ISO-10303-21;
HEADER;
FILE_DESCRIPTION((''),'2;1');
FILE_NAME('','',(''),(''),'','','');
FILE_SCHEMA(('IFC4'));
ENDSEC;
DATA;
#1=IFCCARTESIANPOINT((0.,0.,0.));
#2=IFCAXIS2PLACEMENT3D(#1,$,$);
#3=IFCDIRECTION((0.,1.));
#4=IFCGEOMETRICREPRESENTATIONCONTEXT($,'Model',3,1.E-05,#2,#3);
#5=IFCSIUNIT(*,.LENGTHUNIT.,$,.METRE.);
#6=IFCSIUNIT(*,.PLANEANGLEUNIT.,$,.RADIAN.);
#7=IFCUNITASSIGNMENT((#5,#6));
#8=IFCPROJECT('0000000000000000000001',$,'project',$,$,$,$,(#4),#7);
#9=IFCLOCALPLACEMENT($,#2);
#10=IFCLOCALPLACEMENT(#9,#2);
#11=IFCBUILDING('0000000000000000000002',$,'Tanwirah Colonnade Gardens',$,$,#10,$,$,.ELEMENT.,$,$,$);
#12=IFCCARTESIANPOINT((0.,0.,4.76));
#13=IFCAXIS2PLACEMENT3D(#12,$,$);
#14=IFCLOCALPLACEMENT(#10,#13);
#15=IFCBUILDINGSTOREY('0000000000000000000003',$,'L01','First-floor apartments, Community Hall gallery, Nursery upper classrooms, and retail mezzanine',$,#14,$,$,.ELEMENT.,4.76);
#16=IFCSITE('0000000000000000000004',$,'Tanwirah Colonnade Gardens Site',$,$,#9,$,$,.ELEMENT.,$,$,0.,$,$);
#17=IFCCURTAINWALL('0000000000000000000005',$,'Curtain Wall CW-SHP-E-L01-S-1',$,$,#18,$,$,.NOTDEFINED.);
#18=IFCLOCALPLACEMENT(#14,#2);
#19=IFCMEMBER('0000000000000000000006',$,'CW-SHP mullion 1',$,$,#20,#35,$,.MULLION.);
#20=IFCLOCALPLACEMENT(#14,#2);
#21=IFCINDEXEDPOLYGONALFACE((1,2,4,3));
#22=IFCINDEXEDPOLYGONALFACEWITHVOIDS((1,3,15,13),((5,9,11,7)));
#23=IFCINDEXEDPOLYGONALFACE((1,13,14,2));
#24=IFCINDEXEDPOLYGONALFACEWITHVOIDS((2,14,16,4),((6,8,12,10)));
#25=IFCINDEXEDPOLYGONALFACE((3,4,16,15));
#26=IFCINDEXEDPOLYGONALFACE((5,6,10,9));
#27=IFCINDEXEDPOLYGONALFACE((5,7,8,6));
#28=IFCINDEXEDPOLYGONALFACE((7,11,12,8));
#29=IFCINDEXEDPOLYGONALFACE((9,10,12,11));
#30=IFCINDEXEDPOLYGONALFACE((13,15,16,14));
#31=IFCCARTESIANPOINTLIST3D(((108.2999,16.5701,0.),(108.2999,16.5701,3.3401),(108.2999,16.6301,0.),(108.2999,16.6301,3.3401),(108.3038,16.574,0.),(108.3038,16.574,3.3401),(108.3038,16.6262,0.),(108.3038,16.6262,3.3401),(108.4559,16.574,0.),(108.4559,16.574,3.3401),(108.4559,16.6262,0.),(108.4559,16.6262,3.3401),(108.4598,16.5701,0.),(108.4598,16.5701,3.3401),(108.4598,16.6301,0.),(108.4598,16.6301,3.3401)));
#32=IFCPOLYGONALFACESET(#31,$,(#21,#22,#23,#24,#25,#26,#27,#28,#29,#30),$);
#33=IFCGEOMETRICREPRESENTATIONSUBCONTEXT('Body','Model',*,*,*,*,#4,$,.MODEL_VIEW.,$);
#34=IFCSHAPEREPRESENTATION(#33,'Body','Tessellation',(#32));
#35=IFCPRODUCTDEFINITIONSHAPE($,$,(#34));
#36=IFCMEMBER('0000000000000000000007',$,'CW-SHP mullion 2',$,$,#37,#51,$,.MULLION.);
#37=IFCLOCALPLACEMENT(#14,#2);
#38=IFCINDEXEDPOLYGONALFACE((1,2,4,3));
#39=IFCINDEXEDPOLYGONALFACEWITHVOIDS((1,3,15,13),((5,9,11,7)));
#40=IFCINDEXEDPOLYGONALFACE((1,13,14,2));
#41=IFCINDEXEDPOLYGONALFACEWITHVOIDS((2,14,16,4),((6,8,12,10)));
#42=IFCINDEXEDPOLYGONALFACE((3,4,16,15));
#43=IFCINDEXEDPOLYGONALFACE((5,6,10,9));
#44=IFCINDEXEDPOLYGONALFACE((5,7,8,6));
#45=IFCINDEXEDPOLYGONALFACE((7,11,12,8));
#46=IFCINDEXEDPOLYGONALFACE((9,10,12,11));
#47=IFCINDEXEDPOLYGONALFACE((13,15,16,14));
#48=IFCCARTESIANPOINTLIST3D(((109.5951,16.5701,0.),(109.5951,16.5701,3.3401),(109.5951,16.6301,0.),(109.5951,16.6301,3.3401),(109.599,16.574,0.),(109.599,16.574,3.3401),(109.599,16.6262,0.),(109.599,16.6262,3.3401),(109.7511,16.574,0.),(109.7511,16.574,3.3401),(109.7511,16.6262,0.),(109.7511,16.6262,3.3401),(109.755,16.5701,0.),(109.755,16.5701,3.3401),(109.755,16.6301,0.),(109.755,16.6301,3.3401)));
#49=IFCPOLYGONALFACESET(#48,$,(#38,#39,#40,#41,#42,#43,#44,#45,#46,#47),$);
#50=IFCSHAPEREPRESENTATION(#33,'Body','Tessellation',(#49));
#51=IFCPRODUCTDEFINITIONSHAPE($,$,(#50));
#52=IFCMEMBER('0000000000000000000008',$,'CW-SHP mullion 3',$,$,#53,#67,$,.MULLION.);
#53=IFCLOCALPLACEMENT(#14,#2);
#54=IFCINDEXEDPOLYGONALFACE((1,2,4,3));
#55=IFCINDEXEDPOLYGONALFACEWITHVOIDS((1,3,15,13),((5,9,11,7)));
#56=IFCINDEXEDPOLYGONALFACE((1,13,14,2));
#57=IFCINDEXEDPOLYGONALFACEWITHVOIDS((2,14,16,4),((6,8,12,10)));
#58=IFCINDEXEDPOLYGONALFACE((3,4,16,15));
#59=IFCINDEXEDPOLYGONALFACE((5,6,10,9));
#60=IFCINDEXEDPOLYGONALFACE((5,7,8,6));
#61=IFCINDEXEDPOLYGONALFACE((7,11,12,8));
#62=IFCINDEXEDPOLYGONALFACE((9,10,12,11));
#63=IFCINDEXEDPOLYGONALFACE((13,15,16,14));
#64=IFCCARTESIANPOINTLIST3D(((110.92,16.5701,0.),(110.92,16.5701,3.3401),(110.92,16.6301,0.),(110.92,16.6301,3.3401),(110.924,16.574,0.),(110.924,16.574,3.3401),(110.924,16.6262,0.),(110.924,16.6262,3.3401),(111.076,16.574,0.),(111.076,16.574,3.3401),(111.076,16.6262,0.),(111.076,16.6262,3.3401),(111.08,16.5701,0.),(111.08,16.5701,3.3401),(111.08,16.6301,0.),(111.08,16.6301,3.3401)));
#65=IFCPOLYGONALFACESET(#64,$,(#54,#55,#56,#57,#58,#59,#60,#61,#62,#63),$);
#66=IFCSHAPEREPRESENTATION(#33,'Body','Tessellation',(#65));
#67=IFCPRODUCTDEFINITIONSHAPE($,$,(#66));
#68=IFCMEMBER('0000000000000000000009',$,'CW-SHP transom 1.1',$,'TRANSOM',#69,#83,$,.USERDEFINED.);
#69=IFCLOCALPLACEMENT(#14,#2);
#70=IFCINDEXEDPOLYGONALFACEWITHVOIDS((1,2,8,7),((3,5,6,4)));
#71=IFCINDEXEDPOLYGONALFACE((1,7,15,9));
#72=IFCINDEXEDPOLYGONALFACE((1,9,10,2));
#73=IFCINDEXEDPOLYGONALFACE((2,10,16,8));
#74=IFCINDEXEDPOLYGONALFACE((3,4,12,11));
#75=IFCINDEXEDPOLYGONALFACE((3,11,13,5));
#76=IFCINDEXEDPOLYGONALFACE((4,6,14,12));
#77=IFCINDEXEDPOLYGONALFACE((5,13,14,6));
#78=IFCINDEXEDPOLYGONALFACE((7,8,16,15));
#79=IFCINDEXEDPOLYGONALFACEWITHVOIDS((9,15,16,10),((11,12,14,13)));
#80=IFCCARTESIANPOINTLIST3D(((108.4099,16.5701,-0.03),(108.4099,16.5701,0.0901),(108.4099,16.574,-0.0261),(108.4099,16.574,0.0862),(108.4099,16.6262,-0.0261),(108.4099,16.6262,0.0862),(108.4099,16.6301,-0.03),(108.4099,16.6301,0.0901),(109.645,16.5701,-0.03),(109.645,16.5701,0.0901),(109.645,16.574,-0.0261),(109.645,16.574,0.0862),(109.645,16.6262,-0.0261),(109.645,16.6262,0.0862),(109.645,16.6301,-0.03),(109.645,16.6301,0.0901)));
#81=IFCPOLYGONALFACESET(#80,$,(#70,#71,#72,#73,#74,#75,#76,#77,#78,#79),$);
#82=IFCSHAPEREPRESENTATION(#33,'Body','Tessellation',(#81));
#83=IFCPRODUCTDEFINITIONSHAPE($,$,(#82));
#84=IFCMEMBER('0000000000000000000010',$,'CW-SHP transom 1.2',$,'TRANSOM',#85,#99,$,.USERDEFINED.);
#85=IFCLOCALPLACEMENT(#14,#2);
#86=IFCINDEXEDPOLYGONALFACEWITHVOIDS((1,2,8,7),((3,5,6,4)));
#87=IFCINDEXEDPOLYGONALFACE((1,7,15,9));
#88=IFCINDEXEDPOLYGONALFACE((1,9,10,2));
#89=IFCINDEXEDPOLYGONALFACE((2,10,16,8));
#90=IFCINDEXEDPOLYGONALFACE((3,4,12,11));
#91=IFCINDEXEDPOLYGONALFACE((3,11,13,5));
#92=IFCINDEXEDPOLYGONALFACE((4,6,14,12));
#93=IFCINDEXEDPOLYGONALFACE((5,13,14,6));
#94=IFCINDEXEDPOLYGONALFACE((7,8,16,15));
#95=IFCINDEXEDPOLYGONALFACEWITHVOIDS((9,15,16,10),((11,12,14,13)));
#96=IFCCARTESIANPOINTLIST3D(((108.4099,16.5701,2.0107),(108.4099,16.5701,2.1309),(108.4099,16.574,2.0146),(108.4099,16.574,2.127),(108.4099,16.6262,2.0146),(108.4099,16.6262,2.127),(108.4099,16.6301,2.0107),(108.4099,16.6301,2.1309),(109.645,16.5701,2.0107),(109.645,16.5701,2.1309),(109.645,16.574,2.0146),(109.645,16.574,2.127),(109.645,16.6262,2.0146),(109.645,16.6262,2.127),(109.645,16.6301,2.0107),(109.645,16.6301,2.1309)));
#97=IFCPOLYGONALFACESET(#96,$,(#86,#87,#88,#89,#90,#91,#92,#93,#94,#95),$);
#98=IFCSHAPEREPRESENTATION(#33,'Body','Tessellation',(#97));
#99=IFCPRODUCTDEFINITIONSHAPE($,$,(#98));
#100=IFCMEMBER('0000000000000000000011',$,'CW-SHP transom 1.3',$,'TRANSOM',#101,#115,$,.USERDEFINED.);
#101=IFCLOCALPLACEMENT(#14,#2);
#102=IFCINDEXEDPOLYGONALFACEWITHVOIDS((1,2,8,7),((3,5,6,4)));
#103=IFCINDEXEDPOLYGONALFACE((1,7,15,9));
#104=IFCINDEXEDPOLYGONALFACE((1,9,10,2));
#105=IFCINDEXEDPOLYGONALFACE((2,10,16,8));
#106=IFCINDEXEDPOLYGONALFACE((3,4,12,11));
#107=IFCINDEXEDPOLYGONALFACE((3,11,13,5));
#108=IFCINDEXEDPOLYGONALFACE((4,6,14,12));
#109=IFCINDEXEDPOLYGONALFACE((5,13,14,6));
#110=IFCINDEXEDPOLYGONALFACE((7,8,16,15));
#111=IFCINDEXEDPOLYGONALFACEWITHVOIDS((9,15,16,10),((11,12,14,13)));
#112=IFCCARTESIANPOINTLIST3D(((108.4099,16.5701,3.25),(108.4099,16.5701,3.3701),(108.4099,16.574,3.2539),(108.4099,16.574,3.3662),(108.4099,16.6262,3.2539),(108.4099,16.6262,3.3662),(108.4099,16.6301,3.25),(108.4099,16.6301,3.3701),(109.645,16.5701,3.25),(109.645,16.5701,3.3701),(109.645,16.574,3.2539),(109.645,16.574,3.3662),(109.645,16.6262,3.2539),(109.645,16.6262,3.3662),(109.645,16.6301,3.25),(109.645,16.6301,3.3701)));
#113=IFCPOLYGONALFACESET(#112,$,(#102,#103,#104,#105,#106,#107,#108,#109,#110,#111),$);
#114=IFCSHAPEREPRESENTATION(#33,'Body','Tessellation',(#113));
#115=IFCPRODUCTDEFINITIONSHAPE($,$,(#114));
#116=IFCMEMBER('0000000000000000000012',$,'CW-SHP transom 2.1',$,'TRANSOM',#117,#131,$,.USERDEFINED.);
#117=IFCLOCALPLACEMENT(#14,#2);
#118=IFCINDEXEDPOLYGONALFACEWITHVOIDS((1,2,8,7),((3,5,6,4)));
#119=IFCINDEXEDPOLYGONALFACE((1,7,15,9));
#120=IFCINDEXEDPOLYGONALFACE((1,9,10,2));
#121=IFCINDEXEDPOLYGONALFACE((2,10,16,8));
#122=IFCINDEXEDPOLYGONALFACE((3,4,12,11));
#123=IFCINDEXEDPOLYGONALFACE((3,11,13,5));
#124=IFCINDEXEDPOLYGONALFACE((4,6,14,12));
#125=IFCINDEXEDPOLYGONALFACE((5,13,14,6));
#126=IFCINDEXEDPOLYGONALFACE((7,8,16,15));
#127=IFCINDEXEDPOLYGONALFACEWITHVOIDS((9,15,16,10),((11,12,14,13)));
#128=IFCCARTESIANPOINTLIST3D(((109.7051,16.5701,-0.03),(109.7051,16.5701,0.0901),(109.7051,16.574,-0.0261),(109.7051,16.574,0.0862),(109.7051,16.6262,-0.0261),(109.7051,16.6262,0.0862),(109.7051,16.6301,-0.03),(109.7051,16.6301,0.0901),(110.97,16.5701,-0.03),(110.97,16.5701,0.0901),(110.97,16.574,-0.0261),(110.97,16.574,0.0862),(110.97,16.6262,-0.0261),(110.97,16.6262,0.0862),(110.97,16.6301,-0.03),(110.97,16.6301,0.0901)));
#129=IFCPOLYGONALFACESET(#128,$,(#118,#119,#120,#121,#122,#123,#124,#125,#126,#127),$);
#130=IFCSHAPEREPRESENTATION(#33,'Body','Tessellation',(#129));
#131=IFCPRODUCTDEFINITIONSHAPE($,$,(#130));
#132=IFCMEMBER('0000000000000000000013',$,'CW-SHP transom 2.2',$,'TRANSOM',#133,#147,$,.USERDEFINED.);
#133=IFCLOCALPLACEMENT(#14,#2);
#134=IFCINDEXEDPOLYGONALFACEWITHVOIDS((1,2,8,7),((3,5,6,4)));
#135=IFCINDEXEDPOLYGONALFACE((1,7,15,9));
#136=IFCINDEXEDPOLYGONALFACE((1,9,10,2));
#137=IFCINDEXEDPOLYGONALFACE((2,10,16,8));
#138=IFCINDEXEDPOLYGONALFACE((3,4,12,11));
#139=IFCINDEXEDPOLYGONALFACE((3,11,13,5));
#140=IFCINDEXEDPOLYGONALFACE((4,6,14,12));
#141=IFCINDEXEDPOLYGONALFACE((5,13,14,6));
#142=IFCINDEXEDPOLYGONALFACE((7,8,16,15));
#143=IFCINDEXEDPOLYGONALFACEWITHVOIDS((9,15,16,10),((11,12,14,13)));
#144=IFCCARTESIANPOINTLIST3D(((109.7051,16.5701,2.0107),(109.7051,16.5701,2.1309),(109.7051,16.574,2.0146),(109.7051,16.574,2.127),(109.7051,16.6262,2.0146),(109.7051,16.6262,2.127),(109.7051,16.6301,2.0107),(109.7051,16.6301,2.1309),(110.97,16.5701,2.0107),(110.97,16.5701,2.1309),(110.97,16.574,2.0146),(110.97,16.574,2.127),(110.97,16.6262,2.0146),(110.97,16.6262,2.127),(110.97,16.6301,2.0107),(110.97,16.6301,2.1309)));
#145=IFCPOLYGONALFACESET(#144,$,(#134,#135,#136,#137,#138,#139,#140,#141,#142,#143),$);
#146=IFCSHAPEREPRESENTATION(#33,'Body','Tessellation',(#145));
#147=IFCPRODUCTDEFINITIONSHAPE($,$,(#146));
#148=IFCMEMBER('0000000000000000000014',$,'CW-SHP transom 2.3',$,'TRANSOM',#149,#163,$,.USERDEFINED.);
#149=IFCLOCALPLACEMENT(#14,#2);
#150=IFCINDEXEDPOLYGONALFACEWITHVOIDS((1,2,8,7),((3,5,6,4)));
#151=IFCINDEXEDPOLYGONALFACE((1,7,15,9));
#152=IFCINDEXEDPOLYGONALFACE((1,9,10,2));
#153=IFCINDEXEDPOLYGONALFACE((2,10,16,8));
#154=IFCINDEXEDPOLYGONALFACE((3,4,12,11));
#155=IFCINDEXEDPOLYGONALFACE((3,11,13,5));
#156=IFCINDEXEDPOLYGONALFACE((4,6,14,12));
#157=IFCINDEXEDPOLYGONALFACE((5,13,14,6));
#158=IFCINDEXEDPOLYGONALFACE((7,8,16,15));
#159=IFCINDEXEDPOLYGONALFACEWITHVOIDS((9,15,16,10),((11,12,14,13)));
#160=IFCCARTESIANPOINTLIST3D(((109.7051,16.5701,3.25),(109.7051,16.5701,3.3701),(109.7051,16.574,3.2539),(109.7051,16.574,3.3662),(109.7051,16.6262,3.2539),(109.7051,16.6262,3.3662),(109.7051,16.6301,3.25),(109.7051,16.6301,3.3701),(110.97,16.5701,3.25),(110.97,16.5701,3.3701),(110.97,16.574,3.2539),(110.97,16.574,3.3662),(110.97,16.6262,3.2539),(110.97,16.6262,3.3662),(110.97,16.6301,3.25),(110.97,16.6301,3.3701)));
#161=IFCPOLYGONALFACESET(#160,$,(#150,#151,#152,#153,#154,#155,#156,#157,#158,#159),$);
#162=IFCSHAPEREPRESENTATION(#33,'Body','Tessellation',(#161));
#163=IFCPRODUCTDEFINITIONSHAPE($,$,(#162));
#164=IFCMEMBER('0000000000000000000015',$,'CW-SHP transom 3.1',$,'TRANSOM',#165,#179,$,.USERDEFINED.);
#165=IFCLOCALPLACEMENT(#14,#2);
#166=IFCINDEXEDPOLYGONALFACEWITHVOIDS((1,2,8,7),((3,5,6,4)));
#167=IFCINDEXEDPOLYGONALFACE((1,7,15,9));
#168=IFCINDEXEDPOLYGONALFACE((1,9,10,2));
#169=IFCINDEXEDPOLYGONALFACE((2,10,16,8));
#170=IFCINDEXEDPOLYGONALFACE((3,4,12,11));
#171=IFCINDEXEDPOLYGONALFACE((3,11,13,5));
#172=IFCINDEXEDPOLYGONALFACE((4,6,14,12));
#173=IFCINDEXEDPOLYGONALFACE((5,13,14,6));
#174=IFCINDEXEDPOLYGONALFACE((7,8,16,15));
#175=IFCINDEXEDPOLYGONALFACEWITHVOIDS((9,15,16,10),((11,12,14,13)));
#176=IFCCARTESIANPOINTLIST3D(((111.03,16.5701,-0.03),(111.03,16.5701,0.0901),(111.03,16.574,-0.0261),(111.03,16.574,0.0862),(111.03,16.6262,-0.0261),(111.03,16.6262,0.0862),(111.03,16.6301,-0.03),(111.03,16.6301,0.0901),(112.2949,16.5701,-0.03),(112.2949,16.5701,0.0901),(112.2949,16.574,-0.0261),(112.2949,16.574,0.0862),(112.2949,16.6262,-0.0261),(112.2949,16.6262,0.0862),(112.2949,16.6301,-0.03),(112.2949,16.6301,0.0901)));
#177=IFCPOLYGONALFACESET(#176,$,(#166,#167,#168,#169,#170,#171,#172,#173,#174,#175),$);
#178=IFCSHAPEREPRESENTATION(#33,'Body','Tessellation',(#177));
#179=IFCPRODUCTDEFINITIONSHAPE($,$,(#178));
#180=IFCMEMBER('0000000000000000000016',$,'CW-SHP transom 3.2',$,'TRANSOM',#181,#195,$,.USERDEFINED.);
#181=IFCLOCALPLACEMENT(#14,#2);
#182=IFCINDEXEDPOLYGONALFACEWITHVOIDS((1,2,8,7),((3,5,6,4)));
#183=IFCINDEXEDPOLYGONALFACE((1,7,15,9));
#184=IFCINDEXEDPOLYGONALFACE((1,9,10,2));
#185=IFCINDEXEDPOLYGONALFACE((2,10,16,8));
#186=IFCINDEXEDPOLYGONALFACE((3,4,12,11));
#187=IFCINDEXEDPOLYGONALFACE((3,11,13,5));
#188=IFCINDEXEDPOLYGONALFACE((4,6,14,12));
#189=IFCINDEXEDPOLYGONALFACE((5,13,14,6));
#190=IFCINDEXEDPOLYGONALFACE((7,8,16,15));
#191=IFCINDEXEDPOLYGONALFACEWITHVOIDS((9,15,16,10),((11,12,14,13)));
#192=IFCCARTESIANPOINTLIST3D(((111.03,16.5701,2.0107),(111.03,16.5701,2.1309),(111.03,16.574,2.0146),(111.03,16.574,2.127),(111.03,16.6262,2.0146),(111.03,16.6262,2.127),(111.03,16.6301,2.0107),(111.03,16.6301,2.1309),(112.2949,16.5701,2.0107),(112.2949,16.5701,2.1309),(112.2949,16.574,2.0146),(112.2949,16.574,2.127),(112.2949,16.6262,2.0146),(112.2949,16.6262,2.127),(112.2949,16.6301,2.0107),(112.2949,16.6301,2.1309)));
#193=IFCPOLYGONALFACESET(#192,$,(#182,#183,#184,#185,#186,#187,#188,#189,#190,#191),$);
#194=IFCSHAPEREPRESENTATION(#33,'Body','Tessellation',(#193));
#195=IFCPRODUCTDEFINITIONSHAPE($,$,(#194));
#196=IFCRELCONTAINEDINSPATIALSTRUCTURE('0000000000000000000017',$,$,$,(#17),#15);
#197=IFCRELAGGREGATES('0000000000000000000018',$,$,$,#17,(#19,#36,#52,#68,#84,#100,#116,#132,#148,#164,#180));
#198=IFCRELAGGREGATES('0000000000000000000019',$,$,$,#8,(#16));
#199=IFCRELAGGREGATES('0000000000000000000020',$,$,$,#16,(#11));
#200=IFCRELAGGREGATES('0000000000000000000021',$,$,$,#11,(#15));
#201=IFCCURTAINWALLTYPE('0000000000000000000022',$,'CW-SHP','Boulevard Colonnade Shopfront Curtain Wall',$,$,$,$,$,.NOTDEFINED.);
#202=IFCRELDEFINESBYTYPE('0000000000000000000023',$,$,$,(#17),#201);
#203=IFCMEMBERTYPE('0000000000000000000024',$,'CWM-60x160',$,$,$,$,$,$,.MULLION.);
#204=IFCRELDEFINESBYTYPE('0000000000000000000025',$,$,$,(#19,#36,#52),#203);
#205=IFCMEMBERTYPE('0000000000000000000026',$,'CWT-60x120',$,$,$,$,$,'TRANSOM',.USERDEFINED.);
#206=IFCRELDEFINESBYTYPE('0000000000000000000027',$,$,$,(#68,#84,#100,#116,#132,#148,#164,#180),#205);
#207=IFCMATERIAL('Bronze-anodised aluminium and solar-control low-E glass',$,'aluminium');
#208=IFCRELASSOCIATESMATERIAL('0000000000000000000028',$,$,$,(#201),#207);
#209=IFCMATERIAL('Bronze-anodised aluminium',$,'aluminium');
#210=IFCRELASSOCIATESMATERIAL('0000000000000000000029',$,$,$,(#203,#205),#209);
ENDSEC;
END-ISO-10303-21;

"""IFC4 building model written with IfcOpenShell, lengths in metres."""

from ifc_helpers import new_model, si_unit, direction, frame, origin, origin_2d, place, context, subcontext, project, spatial, hollow_rectangle, extrude, material, material_profile, profile_set, type_object, element, aggregate, save


model = new_model("IFC4")

# Units and contexts
model_context = context("Model", 3, precision=1e-05, world=origin(), true_north=direction((0.0, 1.0)))
body_context = subcontext(model_context, "Body", "Model", "MODEL_VIEW")
ifc_project = project(units=[si_unit("LENGTHUNIT", "METRE"), si_unit("PLANEANGLEUNIT", "RADIAN")], contexts=[model_context])

# Site, building, storey
site_placement = place(None, origin())
site = spatial("IfcSite", under=ifc_project, at=site_placement, Name="Tanwirah Colonnade Gardens Site", CompositionType="ELEMENT", RefElevation=0.0)
building_placement = place(site_placement, origin())
building = spatial("IfcBuilding", under=site, at=building_placement, Name="Tanwirah Colonnade Gardens", CompositionType="ELEMENT")
storey_placement = place(building_placement, frame((0.0, 0.0, 4.76)))
storey = spatial("IfcBuildingStorey", under=building, at=storey_placement, Name="L01", Description="First-floor apartments, Community Hall gallery, Nursery upper classrooms, and retail mezzanine", CompositionType="ELEMENT", Elevation=4.76)

# Curtain wall, members
ifc_material_1 = material(Name="Bronze-anodised aluminium and solar-control low-E glass", Category="aluminium")
curtain_wall_type = type_object("IfcCurtainWallType", Name="CW-SHP", Description="Boulevard Colonnade Shopfront Curtain Wall", PredefinedType="NOTDEFINED", material=ifc_material_1)
curtain_wall_placement = place(storey_placement, origin())
curtain_wall = element("IfcCurtainWall", 1, at=curtain_wall_placement, inside=storey, type_object=curtain_wall_type, Name="Curtain Wall CW-SHP-E-L01-S-1", PredefinedType="NOTDEFINED")
ifc_material_2 = material(Name="Bronze-anodised aluminium", Category="aluminium")
ifc_material_profile_1 = material_profile(ifc_material_2, hollow_rectangle(XDim=0.0601, YDim=0.1599, WallThickness=0.0039, at=origin_2d()), Name="CW-MUL 60x160x4")
ifc_profile_set_1 = profile_set([ifc_material_profile_1], Name="Bronze-anodised aluminium")
member_type_1 = type_object("IfcMemberType", Name="CWM-60x160", PredefinedType="MULLION", material=ifc_profile_set_1)
member_1_placement = place(storey_placement, frame((108.3799, 16.6001, 0.0), z_axis=(0.0, 0.0, 1.0), x_axis=(0.0, 1.0, 0.0)))
member_1 = element("IfcMember", 2, at=member_1_placement, type_object=member_type_1, Name="CW-SHP mullion 1", PredefinedType="MULLION", context=body_context, shape_type="SweptSolid", body=[
    extrude(hollow_rectangle(XDim=0.0601, YDim=0.1599, WallThickness=0.0039, at=origin_2d()), origin(), (0.0, 0.0, 1.0), 3.3401),
])
member_2_placement = place(storey_placement, frame((109.675, 16.6001, 0.0), z_axis=(0.0, 0.0, 1.0), x_axis=(0.0, 1.0, 0.0)))
member_2 = element("IfcMember", 3, at=member_2_placement, type_object=member_type_1, Name="CW-SHP mullion 2", PredefinedType="MULLION", context=body_context, shape_type="SweptSolid", body=[
    extrude(hollow_rectangle(XDim=0.0601, YDim=0.1599, WallThickness=0.0039, at=origin_2d()), origin(), (0.0, 0.0, 1.0), 3.3401),
])
member_3_placement = place(storey_placement, frame((111.0, 16.6001, 0.0), z_axis=(0.0, 0.0, 1.0), x_axis=(0.0, 1.0, 0.0)))
member_3 = element("IfcMember", 4, at=member_3_placement, type_object=member_type_1, Name="CW-SHP mullion 3", PredefinedType="MULLION", context=body_context, shape_type="SweptSolid", body=[
    extrude(hollow_rectangle(XDim=0.0601, YDim=0.1599, WallThickness=0.0039, at=origin_2d()), origin(), (0.0, 0.0, 1.0), 3.3401),
])
ifc_material_profile_2 = material_profile(ifc_material_2, hollow_rectangle(XDim=0.0601, YDim=0.1201, WallThickness=0.0039, at=origin_2d()), Name="CW-TRN 60x120x4")
ifc_profile_set_2 = profile_set([ifc_material_profile_2], Name="Bronze-anodised aluminium")
member_type_2 = type_object("IfcMemberType", Name="CWT-60x120", ElementType="TRANSOM", PredefinedType="USERDEFINED", material=ifc_profile_set_2)
member_4_placement = place(storey_placement, frame((108.4099, 16.6001, 0.03), z_axis=(1.0, 0.0, 0.0), x_axis=(0.0, 1.0, 0.0)))
member_4 = element("IfcMember", 5, at=member_4_placement, type_object=member_type_2, Name="CW-SHP transom 1.1", ObjectType="TRANSOM", PredefinedType="USERDEFINED", context=body_context, shape_type="SweptSolid", body=[
    extrude(hollow_rectangle(XDim=0.0601, YDim=0.1201, WallThickness=0.0039, at=origin_2d()), origin(), (0.0, 0.0, 1.0), 1.2351),
])
member_5_placement = place(storey_placement, frame((108.4099, 16.6001, 2.0708), z_axis=(1.0, 0.0, 0.0), x_axis=(0.0, 1.0, 0.0)))
member_5 = element("IfcMember", 6, at=member_5_placement, type_object=member_type_2, Name="CW-SHP transom 1.2", ObjectType="TRANSOM", PredefinedType="USERDEFINED", context=body_context, shape_type="SweptSolid", body=[
    extrude(hollow_rectangle(XDim=0.0601, YDim=0.1201, WallThickness=0.0039, at=origin_2d()), origin(), (0.0, 0.0, 1.0), 1.2351),
])
member_6_placement = place(storey_placement, frame((108.4099, 16.6001, 3.3101), z_axis=(1.0, 0.0, 0.0), x_axis=(0.0, 1.0, 0.0)))
member_6 = element("IfcMember", 7, at=member_6_placement, type_object=member_type_2, Name="CW-SHP transom 1.3", ObjectType="TRANSOM", PredefinedType="USERDEFINED", context=body_context, shape_type="SweptSolid", body=[
    extrude(hollow_rectangle(XDim=0.0601, YDim=0.1201, WallThickness=0.0039, at=origin_2d()), origin(), (0.0, 0.0, 1.0), 1.2351),
])
member_7_placement = place(storey_placement, frame((109.7051, 16.6001, 0.03), z_axis=(1.0, 0.0, 0.0), x_axis=(0.0, 1.0, 0.0)))
member_7 = element("IfcMember", 8, at=member_7_placement, type_object=member_type_2, Name="CW-SHP transom 2.1", ObjectType="TRANSOM", PredefinedType="USERDEFINED", context=body_context, shape_type="SweptSolid", body=[
    extrude(hollow_rectangle(XDim=0.0601, YDim=0.1201, WallThickness=0.0039, at=origin_2d()), origin(), (0.0, 0.0, 1.0), 1.2649),
])
member_8_placement = place(storey_placement, frame((109.7051, 16.6001, 2.0708), z_axis=(1.0, 0.0, 0.0), x_axis=(0.0, 1.0, 0.0)))
member_8 = element("IfcMember", 9, at=member_8_placement, type_object=member_type_2, Name="CW-SHP transom 2.2", ObjectType="TRANSOM", PredefinedType="USERDEFINED", context=body_context, shape_type="SweptSolid", body=[
    extrude(hollow_rectangle(XDim=0.0601, YDim=0.1201, WallThickness=0.0039, at=origin_2d()), origin(), (0.0, 0.0, 1.0), 1.2649),
])
member_9_placement = place(storey_placement, frame((109.7051, 16.6001, 3.3101), z_axis=(1.0, 0.0, 0.0), x_axis=(0.0, 1.0, 0.0)))
member_9 = element("IfcMember", 10, at=member_9_placement, type_object=member_type_2, Name="CW-SHP transom 2.3", ObjectType="TRANSOM", PredefinedType="USERDEFINED", context=body_context, shape_type="SweptSolid", body=[
    extrude(hollow_rectangle(XDim=0.0601, YDim=0.1201, WallThickness=0.0039, at=origin_2d()), origin(), (0.0, 0.0, 1.0), 1.2649),
])
member_10_placement = place(storey_placement, frame((111.03, 16.6001, 0.03), z_axis=(1.0, 0.0, 0.0), x_axis=(0.0, 1.0, 0.0)))
member_10 = element("IfcMember", 11, at=member_10_placement, type_object=member_type_2, Name="CW-SHP transom 3.1", ObjectType="TRANSOM", PredefinedType="USERDEFINED", context=body_context, shape_type="SweptSolid", body=[
    extrude(hollow_rectangle(XDim=0.0601, YDim=0.1201, WallThickness=0.0039, at=origin_2d()), origin(), (0.0, 0.0, 1.0), 1.2649),
])
member_11_placement = place(storey_placement, frame((111.03, 16.6001, 2.0708), z_axis=(1.0, 0.0, 0.0), x_axis=(0.0, 1.0, 0.0)))
member_11 = element("IfcMember", 12, at=member_11_placement, type_object=member_type_2, Name="CW-SHP transom 3.2", ObjectType="TRANSOM", PredefinedType="USERDEFINED", context=body_context, shape_type="SweptSolid", body=[
    extrude(hollow_rectangle(XDim=0.0601, YDim=0.1201, WallThickness=0.0039, at=origin_2d()), origin(), (0.0, 0.0, 1.0), 1.2649),
])

aggregate(curtain_wall, [member_1, member_2, member_3, member_4, member_5, member_6, member_7, member_8, member_9, member_10, member_11])

save(model, "model.ifc")
